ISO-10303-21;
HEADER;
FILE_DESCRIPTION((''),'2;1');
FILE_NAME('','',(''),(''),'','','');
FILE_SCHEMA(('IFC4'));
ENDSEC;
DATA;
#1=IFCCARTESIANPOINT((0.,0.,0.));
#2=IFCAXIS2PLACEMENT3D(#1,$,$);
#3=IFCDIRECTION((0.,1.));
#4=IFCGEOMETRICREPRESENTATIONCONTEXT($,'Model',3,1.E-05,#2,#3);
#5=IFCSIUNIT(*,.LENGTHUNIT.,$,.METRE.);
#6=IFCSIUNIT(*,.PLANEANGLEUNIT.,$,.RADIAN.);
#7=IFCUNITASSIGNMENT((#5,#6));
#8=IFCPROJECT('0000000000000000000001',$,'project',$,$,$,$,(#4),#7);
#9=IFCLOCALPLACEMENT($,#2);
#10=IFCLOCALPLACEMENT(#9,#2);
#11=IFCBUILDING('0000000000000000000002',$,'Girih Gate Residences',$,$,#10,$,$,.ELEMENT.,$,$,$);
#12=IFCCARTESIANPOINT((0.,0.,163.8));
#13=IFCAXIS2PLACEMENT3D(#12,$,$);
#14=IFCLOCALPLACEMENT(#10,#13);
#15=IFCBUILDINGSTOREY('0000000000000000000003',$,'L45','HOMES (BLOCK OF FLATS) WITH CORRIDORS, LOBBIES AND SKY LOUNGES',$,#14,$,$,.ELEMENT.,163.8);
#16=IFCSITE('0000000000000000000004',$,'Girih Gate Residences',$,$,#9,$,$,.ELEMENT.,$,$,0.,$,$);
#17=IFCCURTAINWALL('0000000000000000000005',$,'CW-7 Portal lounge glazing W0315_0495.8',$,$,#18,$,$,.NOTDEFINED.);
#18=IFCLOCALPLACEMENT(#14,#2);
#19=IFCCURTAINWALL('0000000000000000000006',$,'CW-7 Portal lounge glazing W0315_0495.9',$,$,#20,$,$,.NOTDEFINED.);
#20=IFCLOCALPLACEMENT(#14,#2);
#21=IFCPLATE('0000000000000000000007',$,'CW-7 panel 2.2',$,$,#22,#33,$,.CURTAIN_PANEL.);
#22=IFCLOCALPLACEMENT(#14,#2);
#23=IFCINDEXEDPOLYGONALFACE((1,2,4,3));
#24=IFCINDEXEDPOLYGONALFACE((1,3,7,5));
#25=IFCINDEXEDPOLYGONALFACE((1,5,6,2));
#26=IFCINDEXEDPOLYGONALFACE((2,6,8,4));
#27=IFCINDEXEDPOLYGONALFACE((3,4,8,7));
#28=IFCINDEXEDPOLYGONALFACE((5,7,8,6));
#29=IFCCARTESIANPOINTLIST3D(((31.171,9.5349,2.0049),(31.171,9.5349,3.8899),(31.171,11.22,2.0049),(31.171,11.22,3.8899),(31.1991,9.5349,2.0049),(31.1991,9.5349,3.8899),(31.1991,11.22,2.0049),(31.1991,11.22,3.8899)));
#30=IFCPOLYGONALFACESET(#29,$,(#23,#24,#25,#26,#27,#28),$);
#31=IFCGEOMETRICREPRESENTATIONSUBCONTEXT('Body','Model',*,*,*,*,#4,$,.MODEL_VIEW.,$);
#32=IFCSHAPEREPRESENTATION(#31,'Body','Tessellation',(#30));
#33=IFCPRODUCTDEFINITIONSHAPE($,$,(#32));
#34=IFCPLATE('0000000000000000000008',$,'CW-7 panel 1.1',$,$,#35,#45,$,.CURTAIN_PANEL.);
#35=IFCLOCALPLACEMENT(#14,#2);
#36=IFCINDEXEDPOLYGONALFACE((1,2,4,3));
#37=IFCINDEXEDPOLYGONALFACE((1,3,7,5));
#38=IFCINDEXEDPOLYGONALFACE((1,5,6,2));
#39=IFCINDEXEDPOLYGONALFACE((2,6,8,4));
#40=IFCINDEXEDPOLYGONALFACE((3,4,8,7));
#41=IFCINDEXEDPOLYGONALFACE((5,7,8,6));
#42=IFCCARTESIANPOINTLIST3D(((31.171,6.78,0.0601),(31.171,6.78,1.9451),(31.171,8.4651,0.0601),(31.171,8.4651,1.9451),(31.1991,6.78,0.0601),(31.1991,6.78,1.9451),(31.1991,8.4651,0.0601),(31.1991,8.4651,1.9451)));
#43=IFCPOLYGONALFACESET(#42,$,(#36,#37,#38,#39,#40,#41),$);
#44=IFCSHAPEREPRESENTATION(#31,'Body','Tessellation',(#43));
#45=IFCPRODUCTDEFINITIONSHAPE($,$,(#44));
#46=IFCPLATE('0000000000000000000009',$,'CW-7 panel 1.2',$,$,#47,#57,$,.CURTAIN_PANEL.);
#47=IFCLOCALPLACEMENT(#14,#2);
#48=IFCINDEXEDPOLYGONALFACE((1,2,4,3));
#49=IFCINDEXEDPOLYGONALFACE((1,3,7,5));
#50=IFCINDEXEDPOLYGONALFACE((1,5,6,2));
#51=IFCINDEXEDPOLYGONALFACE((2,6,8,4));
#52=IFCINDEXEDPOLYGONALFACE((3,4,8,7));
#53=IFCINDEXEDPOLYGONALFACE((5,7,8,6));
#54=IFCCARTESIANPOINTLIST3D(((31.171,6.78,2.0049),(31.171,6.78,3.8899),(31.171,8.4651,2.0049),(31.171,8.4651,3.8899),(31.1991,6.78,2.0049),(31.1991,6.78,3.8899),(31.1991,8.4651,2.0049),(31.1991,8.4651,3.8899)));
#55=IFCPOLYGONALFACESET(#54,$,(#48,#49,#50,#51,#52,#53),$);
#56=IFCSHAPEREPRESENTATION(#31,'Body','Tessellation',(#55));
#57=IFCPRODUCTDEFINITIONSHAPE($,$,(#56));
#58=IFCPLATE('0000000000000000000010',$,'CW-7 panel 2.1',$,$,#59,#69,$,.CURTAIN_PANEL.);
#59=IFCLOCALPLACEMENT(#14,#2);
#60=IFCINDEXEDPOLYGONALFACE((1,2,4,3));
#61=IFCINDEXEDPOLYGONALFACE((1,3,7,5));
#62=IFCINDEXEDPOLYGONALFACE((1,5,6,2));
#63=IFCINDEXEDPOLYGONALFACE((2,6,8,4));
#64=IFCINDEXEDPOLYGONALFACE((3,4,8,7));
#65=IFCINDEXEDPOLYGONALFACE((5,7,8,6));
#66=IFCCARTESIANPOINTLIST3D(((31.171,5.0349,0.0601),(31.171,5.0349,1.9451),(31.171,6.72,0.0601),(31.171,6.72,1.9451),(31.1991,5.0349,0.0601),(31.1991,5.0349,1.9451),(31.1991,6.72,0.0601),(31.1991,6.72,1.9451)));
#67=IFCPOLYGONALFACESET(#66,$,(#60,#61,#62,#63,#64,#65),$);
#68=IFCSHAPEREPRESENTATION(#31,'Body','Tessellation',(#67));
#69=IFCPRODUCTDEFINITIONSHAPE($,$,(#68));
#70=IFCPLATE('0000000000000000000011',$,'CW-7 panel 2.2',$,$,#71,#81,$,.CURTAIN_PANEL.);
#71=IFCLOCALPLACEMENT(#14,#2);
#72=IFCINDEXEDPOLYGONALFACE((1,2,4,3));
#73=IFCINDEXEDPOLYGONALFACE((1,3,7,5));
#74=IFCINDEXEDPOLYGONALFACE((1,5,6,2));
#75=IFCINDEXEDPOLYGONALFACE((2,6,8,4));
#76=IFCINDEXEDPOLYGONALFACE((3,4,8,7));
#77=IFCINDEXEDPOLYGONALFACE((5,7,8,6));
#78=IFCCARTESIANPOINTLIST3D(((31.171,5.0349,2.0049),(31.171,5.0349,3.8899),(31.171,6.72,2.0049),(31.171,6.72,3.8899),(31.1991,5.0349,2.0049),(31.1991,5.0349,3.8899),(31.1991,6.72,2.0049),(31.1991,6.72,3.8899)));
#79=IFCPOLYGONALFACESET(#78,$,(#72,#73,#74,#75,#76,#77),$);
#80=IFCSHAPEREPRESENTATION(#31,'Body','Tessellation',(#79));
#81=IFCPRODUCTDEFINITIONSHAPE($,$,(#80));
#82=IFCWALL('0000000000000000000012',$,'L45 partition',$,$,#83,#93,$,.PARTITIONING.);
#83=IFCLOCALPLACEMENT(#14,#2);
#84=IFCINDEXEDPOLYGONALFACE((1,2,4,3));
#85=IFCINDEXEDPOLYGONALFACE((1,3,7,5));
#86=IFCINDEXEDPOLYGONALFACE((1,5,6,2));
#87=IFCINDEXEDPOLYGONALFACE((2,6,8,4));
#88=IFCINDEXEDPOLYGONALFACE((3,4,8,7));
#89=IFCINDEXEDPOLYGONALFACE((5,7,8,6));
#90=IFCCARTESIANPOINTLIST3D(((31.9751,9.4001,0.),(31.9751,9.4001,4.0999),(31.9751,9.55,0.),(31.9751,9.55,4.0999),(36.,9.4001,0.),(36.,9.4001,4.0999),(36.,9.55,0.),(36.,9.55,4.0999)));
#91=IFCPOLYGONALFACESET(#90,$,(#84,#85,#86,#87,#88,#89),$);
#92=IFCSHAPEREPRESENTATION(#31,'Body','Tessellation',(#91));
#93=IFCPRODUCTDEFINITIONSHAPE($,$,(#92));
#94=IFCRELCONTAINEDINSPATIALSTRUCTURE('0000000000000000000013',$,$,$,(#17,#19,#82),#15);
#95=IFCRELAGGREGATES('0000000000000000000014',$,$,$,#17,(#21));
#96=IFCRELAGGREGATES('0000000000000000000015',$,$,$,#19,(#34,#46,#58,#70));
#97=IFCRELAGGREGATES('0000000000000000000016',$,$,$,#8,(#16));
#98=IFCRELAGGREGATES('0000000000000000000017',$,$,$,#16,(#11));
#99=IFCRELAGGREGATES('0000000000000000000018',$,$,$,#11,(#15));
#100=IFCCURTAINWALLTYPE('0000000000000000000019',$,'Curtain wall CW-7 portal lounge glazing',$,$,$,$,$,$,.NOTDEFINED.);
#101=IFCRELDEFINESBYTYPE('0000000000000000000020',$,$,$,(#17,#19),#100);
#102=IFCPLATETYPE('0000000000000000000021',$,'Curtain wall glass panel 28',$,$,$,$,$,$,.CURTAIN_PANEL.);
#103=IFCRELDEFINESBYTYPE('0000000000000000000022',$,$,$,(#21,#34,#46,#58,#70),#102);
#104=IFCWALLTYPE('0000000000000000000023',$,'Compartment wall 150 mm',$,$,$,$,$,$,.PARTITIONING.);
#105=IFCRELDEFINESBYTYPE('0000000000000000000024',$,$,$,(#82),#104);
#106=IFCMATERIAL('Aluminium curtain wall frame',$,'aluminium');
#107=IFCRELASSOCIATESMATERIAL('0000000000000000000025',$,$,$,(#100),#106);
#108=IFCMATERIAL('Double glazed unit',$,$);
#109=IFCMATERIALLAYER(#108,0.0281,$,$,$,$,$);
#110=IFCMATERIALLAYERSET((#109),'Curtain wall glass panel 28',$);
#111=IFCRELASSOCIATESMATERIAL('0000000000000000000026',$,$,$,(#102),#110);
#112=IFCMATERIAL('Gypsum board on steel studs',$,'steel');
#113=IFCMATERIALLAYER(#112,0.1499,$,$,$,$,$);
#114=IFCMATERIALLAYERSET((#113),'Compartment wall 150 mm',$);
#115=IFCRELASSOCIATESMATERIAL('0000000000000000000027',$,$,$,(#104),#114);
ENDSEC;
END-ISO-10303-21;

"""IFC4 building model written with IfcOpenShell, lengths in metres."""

from ifc_helpers import new_model, si_unit, direction, frame, frame_2d, origin, origin_2d, place, context, subcontext, project, spatial, rectangle, extrude, material, layer, layer_set, type_object, element, aggregate, save


model = new_model("IFC4")

# Units and contexts
model_context = context("Model", 3, precision=1e-05, world=origin(), true_north=direction((0.0, 1.0)))
body_context = subcontext(model_context, "Body", "Model", "MODEL_VIEW")
ifc_project = project(units=[si_unit("LENGTHUNIT", "METRE"), si_unit("PLANEANGLEUNIT", "RADIAN")], contexts=[model_context])

# Site, building, storey
site_placement = place(None, origin())
site = spatial("IfcSite", under=ifc_project, at=site_placement, Name="Girih Gate Residences", CompositionType="ELEMENT", RefElevation=0.0)
building_placement = place(site_placement, origin())
building = spatial("IfcBuilding", under=site, at=building_placement, Name="Girih Gate Residences", CompositionType="ELEMENT")
storey_placement = place(building_placement, frame((0.0, 0.0, 163.8)))
storey = spatial("IfcBuildingStorey", under=building, at=storey_placement, Name="L45", Description="HOMES (BLOCK OF FLATS) WITH CORRIDORS, LOBBIES AND SKY LOUNGES", CompositionType="ELEMENT", Elevation=163.8)

# Curtain wall
ifc_material_1 = material(Name="Aluminium curtain wall frame", Category="aluminium")
curtain_wall_type = type_object("IfcCurtainWallType", Name="Curtain wall CW-7 portal lounge glazing", PredefinedType="NOTDEFINED", material=ifc_material_1)
curtain_wall_1_placement = place(storey_placement, origin())
curtain_wall_1 = element("IfcCurtainWall", 1, at=curtain_wall_1_placement, inside=storey, type_object=curtain_wall_type, Name="CW-7 Portal lounge glazing W0315_0495.8", PredefinedType="NOTDEFINED")

# Curtain wall
curtain_wall_2_placement = place(storey_placement, origin())
curtain_wall_2 = element("IfcCurtainWall", 2, at=curtain_wall_2_placement, inside=storey, type_object=curtain_wall_type, Name="CW-7 Portal lounge glazing W0315_0495.9", PredefinedType="NOTDEFINED")

# Plates
ifc_material_2 = material(Name="Double glazed unit")
ifc_layer_1 = layer(ifc_material_2, 0.0281)
ifc_layer_set_1 = layer_set([ifc_layer_1], Name="Curtain wall glass panel 28")
plate_type = type_object("IfcPlateType", Name="Curtain wall glass panel 28", PredefinedType="CURTAIN_PANEL", material=ifc_layer_set_1)
plate_1_placement = place(storey_placement, frame((31.1851, 10.3774, 2.0049), z_axis=(0.0, 0.0, 1.0), x_axis=(0.0, -1.0, 0.0)))
plate_1 = element("IfcPlate", 3, at=plate_1_placement, type_object=plate_type, Name="CW-7 panel 2.2", PredefinedType="CURTAIN_PANEL", context=body_context, shape_type="SweptSolid", body=[
    extrude(rectangle(XDim=1.6851, YDim=0.0281, at=origin_2d()), origin(), (0.0, 0.0, 1.0), 1.885),
])
aggregate(curtain_wall_1, [plate_1])
plate_2_placement = place(storey_placement, frame((31.1851, 7.6226, 0.0601), z_axis=(0.0, 0.0, 1.0), x_axis=(0.0, -1.0, 0.0)))
plate_2 = element("IfcPlate", 4, at=plate_2_placement, type_object=plate_type, Name="CW-7 panel 1.1", PredefinedType="CURTAIN_PANEL", context=body_context, shape_type="SweptSolid", body=[
    extrude(rectangle(XDim=1.6851, YDim=0.0281, at=origin_2d()), origin(), (0.0, 0.0, 1.0), 1.885),
])
plate_3_placement = place(storey_placement, frame((31.1851, 7.6226, 2.0049), z_axis=(0.0, 0.0, 1.0), x_axis=(0.0, -1.0, 0.0)))
plate_3 = element("IfcPlate", 5, at=plate_3_placement, type_object=plate_type, Name="CW-7 panel 1.2", PredefinedType="CURTAIN_PANEL", context=body_context, shape_type="SweptSolid", body=[
    extrude(rectangle(XDim=1.6851, YDim=0.0281, at=origin_2d()), origin(), (0.0, 0.0, 1.0), 1.885),
])
plate_4_placement = place(storey_placement, frame((31.1851, 5.8774, 0.0601), z_axis=(0.0, 0.0, 1.0), x_axis=(0.0, -1.0, 0.0)))
plate_4 = element("IfcPlate", 6, at=plate_4_placement, type_object=plate_type, Name="CW-7 panel 2.1", PredefinedType="CURTAIN_PANEL", context=body_context, shape_type="SweptSolid", body=[
    extrude(rectangle(XDim=1.6851, YDim=0.0281, at=origin_2d()), origin(), (0.0, 0.0, 1.0), 1.885),
])
plate_5_placement = place(storey_placement, frame((31.1851, 5.8774, 2.0049), z_axis=(0.0, 0.0, 1.0), x_axis=(0.0, -1.0, 0.0)))
plate_5 = element("IfcPlate", 7, at=plate_5_placement, type_object=plate_type, Name="CW-7 panel 2.2", PredefinedType="CURTAIN_PANEL", context=body_context, shape_type="SweptSolid", body=[
    extrude(rectangle(XDim=1.6851, YDim=0.0281, at=origin_2d()), origin(), (0.0, 0.0, 1.0), 1.885),
])
aggregate(curtain_wall_2, [plate_2, plate_3, plate_4, plate_5])

# Wall
ifc_material_3 = material(Name="Gypsum board on steel studs", Category="steel")
ifc_layer_2 = layer(ifc_material_3, 0.1499)
ifc_layer_set_2 = layer_set([ifc_layer_2], Name="Compartment wall 150 mm")
wall_type = type_object("IfcWallType", Name="Compartment wall 150 mm", PredefinedType="PARTITIONING", material=ifc_layer_set_2)
wall_placement = place(storey_placement, frame((31.9751, 9.4751, 0.0), z_axis=(0.0, 0.0, 1.0), x_axis=(1.0, 0.0, 0.0)))
element("IfcWall", 8, at=wall_placement, inside=storey, type_object=wall_type, Name="L45 partition", PredefinedType="PARTITIONING", context=body_context, shape_type="SweptSolid", body=[
    extrude(rectangle(XDim=4.0249, YDim=0.1499, at=frame_2d((2.0125, 0.0))), origin(), (0.0, 0.0, 1.0), 4.0999),
])

save(model, "model.ifc")
